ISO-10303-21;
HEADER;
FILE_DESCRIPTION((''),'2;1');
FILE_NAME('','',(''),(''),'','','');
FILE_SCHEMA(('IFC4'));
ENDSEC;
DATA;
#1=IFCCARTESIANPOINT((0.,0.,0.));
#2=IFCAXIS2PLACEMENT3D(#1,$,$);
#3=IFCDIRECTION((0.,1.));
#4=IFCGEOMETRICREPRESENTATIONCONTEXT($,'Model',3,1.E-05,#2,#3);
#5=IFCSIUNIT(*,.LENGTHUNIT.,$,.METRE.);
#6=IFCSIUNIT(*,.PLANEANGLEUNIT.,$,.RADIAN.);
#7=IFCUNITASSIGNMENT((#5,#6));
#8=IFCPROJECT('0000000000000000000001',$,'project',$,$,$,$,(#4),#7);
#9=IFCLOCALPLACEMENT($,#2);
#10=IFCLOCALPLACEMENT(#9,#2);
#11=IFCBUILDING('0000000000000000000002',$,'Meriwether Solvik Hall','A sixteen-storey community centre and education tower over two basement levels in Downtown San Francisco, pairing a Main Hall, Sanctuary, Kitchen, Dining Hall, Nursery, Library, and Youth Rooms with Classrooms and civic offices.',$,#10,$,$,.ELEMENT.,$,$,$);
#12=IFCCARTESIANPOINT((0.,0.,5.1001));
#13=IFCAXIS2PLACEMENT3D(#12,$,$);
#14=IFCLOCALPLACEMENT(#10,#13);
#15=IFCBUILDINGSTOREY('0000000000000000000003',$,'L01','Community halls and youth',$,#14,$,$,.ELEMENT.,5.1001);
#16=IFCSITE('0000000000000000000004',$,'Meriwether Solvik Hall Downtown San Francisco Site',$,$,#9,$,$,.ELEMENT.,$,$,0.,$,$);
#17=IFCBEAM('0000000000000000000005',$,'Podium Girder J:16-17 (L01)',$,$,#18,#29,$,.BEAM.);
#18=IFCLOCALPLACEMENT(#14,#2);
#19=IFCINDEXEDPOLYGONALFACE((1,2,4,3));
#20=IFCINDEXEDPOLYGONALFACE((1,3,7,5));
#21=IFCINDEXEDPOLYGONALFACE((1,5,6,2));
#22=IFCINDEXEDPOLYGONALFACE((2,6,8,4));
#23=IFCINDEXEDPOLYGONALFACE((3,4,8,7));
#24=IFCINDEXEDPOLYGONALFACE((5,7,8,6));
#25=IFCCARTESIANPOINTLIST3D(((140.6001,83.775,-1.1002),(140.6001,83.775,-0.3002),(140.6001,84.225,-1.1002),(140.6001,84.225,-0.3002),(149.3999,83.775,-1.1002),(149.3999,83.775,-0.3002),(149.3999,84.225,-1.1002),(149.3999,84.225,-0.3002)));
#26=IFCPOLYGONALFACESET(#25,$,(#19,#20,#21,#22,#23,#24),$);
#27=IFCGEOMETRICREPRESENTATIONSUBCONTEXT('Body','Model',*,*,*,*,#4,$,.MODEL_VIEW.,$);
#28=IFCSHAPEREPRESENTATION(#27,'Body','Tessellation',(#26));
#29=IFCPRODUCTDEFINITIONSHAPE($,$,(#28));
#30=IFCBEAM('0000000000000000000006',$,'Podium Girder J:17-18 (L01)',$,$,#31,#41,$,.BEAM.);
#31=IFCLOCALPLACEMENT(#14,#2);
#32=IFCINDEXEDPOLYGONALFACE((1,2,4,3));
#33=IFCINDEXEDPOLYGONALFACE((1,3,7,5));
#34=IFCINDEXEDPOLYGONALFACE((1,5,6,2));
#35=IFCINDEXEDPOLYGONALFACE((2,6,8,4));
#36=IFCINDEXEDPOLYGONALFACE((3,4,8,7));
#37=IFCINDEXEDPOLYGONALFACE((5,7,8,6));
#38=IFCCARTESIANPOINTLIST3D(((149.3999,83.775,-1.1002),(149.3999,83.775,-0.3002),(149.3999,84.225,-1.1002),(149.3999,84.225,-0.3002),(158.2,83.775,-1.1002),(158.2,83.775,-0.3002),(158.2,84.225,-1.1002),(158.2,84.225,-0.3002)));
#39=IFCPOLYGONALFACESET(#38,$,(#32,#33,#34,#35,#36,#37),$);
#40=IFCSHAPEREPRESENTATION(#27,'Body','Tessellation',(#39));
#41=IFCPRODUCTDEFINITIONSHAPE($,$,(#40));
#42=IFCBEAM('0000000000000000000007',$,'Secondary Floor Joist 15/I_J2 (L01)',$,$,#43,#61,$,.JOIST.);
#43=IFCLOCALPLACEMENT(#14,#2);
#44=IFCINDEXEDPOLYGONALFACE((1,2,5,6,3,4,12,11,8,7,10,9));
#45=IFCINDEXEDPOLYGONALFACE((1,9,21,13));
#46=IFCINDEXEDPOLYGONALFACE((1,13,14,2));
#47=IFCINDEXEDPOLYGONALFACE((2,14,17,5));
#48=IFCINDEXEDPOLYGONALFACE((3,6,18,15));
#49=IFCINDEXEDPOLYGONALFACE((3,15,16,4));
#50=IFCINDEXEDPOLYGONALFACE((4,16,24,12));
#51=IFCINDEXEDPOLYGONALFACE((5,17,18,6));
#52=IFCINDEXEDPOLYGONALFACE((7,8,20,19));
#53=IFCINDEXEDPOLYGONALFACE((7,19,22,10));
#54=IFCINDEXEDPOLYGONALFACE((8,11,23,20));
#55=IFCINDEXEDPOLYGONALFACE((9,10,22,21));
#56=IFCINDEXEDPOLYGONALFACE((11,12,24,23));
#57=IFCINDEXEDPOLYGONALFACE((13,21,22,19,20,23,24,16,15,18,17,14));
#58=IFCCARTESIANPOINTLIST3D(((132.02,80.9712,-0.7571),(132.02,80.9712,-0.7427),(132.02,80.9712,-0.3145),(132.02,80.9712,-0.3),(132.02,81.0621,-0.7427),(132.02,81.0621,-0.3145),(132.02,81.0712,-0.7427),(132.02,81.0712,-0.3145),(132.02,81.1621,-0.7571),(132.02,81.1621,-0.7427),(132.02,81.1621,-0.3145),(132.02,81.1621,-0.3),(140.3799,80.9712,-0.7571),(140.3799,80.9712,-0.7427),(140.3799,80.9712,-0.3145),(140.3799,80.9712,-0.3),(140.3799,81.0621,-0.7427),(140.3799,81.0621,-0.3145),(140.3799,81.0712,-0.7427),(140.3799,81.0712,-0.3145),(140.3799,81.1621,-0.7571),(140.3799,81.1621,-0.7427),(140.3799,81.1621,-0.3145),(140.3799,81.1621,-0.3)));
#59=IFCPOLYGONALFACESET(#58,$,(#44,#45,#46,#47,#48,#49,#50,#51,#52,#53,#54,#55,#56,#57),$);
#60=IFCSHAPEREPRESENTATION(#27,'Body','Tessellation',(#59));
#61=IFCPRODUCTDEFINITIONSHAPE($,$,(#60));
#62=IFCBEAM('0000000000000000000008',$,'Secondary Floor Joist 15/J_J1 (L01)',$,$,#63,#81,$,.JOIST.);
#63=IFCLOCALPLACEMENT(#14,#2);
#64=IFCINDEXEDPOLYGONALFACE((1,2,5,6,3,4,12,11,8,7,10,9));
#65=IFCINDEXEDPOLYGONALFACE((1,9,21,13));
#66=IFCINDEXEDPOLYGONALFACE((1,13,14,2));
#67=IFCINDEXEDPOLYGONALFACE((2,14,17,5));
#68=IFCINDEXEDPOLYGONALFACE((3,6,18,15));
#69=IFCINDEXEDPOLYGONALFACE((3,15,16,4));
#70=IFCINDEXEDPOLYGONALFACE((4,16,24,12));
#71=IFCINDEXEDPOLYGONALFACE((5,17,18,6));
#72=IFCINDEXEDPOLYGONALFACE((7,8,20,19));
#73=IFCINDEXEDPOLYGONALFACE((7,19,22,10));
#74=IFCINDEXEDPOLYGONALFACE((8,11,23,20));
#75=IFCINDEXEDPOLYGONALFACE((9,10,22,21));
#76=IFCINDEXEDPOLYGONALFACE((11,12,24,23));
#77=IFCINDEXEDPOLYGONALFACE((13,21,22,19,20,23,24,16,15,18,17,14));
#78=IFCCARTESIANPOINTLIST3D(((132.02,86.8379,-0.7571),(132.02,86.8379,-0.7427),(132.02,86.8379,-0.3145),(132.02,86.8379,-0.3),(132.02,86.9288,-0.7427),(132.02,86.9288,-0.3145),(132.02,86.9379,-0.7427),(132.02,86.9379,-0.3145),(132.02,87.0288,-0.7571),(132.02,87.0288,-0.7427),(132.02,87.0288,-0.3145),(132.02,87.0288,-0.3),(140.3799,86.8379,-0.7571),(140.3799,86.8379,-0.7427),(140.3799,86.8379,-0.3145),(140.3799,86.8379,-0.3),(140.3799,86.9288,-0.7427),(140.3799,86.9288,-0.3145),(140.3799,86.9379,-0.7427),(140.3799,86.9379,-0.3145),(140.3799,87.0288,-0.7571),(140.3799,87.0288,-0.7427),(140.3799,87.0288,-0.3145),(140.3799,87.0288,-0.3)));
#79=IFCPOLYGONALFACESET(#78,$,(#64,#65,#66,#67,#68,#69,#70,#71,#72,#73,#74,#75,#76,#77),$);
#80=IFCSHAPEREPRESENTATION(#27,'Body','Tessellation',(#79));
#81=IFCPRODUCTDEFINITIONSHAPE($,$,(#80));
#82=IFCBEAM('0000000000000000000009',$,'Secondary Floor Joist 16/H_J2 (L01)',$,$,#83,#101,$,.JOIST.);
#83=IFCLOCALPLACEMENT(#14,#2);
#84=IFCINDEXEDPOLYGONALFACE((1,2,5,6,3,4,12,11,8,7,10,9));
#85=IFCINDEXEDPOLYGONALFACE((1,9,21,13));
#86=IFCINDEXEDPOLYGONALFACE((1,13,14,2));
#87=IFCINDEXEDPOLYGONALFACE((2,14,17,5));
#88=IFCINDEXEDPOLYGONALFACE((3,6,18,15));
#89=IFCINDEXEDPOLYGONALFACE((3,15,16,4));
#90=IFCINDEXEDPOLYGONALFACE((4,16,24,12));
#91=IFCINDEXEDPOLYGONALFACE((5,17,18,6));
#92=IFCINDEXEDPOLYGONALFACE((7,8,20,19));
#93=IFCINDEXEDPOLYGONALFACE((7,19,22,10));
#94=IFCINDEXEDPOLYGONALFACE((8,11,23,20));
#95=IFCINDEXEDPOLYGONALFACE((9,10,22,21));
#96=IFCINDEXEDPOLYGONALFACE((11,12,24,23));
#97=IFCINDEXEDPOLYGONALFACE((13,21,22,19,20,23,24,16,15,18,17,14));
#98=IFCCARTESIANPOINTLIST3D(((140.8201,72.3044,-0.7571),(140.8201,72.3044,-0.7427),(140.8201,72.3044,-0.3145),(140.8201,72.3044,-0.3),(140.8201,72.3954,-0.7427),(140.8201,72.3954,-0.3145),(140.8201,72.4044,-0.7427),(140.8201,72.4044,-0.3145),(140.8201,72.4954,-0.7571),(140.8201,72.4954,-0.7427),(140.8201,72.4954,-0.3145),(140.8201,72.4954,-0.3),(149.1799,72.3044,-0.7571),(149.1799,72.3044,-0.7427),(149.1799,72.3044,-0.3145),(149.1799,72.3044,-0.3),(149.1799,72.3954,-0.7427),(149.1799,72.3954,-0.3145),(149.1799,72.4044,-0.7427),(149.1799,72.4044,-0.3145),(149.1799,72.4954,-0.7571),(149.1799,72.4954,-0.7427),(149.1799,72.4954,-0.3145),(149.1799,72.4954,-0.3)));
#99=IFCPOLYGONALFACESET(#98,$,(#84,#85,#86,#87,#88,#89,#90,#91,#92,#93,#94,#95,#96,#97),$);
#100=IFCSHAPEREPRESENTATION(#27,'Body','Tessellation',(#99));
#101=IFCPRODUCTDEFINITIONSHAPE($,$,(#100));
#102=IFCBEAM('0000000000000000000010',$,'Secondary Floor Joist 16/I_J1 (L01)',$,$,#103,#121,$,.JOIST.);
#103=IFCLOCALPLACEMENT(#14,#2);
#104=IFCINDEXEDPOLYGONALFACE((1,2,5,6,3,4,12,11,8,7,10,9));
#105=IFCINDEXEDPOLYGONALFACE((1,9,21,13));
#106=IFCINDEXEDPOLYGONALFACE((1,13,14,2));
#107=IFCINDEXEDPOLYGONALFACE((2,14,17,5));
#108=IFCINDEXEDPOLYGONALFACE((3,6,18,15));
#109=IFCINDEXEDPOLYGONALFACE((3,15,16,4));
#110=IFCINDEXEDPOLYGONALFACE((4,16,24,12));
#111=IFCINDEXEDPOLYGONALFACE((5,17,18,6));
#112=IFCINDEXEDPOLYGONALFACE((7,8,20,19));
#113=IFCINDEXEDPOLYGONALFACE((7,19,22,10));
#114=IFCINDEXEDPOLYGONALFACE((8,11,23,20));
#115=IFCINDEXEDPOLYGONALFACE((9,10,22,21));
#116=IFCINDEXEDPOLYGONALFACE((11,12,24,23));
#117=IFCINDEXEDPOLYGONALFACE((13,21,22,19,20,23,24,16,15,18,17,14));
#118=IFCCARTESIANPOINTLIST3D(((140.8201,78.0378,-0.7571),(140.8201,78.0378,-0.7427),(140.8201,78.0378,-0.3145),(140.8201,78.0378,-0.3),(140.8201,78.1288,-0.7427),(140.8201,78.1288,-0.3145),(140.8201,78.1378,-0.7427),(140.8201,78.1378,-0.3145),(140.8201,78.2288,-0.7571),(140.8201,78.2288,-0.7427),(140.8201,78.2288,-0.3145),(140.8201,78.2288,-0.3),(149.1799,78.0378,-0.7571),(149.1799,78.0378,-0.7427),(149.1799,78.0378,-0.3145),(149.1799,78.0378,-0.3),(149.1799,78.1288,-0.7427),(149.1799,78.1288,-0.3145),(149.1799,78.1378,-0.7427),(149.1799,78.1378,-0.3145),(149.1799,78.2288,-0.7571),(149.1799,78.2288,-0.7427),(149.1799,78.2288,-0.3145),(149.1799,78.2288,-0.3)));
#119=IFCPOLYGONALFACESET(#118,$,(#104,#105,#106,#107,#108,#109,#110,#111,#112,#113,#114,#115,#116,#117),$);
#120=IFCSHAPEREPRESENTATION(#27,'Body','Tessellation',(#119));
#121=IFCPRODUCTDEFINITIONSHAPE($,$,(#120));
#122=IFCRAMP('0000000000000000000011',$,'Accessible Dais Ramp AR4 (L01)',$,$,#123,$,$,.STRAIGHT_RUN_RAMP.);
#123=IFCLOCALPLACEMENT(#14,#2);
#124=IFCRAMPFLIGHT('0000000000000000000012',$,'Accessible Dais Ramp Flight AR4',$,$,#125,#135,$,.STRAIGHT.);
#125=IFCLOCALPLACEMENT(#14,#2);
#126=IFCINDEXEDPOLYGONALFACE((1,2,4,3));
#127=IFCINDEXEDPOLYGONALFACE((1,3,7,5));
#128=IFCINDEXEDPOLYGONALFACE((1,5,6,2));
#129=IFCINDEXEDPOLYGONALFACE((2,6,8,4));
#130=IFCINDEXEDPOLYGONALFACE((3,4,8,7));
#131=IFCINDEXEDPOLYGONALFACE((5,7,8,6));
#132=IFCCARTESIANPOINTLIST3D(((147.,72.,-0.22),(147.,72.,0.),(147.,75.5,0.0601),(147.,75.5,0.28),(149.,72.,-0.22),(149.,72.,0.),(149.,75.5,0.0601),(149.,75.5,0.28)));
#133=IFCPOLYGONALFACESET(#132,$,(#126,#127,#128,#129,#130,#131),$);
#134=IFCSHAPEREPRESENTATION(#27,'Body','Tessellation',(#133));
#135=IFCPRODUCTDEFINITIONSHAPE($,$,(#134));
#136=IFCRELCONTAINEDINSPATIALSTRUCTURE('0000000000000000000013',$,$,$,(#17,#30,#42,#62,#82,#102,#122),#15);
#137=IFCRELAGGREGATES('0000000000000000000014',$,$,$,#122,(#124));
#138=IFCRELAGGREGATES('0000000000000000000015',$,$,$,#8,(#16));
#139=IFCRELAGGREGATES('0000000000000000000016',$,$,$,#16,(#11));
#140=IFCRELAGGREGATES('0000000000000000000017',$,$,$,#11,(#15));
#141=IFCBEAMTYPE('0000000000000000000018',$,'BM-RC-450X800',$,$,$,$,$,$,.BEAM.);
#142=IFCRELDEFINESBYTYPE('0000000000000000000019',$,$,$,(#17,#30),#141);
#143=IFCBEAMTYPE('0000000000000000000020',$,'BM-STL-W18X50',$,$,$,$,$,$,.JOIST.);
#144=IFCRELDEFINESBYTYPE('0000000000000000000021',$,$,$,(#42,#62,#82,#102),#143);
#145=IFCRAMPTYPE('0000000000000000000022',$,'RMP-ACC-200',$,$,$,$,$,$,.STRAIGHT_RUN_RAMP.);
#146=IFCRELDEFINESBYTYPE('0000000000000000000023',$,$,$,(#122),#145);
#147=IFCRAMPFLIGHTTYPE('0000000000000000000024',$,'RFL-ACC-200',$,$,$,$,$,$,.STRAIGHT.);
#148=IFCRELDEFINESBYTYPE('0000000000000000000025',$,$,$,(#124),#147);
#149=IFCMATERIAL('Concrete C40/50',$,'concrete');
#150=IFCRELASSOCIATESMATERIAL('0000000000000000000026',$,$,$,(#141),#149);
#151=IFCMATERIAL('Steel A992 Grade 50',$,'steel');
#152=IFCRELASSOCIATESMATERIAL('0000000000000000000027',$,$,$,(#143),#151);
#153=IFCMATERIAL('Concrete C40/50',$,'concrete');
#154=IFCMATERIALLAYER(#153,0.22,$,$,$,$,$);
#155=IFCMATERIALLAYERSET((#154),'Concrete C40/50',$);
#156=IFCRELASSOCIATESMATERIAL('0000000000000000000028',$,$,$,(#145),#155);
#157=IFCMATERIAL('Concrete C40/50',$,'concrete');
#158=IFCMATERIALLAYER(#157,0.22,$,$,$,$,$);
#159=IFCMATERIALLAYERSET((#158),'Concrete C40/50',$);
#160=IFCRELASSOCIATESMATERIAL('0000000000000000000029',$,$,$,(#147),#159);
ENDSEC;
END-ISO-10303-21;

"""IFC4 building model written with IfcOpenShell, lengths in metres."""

from ifc_helpers import new_model, si_unit, direction, frame, origin, origin_2d, place, context, subcontext, project, spatial, polyline, rectangle, i_section, outline, extrude, material, layer, layer_set, material_profile, profile_set, type_object, element, aggregate, save


model = new_model("IFC4")

# Units and contexts
model_context = context("Model", 3, precision=1e-05, world=origin(), true_north=direction((0.0, 1.0)))
body_context = subcontext(model_context, "Body", "Model", "MODEL_VIEW")
ifc_project = project(units=[si_unit("LENGTHUNIT", "METRE"), si_unit("PLANEANGLEUNIT", "RADIAN")], contexts=[model_context])

# Site, building, storey
site_placement = place(None, origin())
site = spatial("IfcSite", under=ifc_project, at=site_placement, Name="Meriwether Solvik Hall Downtown San Francisco Site", CompositionType="ELEMENT", RefElevation=0.0)
building_placement = place(site_placement, origin())
building = spatial("IfcBuilding", under=site, at=building_placement, Name="Meriwether Solvik Hall", Description="A sixteen-storey community centre and education tower over two basement levels in Downtown San Francisco, pairing a Main Hall, Sanctuary, Kitchen, Dining Hall, Nursery, Library, and Youth Rooms with Classrooms and civic offices.", CompositionType="ELEMENT")
storey_placement = place(building_placement, frame((0.0, 0.0, 5.1001)))
storey = spatial("IfcBuildingStorey", under=building, at=storey_placement, Name="L01", Description="Community halls and youth", CompositionType="ELEMENT", Elevation=5.1001)

# Beams
ifc_material_1 = material(Name="Concrete C40/50", Category="concrete")
ifc_material_profile_1 = material_profile(ifc_material_1, rectangle(XDim=0.45, YDim=0.8, at=origin_2d()), Name="RCB-450X800")
ifc_profile_set_1 = profile_set([ifc_material_profile_1], Name="Concrete C40/50")
beam_type_1 = type_object("IfcBeamType", Name="BM-RC-450X800", PredefinedType="BEAM", material=ifc_profile_set_1)
beam_1_placement = place(storey_placement, frame((140.6001, 84.0, -0.7002), z_axis=(1.0, 0.0, 0.0), x_axis=(0.0, 1.0, 0.0)))
element("IfcBeam", 1, at=beam_1_placement, inside=storey, type_object=beam_type_1, Name="Podium Girder J:16-17 (L01)", PredefinedType="BEAM", context=body_context, shape_type="SweptSolid", body=[
    extrude(rectangle(XDim=0.45, YDim=0.8, at=origin_2d()), origin(), (0.0, 0.0, 1.0), 8.7998),
])
beam_2_placement = place(storey_placement, frame((149.3999, 84.0, -0.7002), z_axis=(1.0, 0.0, 0.0), x_axis=(0.0, 1.0, 0.0)))
element("IfcBeam", 2, at=beam_2_placement, inside=storey, type_object=beam_type_1, Name="Podium Girder J:17-18 (L01)", PredefinedType="BEAM", context=body_context, shape_type="SweptSolid", body=[
    extrude(rectangle(XDim=0.45, YDim=0.8, at=origin_2d()), origin(), (0.0, 0.0, 1.0), 8.8),
])
ifc_material_2 = material(Name="Steel A992 Grade 50", Category="steel")
ifc_material_profile_2 = material_profile(ifc_material_2, i_section(OverallWidth=0.1909, OverallDepth=0.457, WebThickness=0.009, FlangeThickness=0.0144, at=origin_2d()), Name="W18X50")
ifc_profile_set_2 = profile_set([ifc_material_profile_2], Name="Steel A992 Grade 50")
beam_type_2 = type_object("IfcBeamType", Name="BM-STL-W18X50", PredefinedType="JOIST", material=ifc_profile_set_2)
for number, where, z_axis, x_axis, name in (
    (3, (132.02, 81.0667, -0.5286), (1.0, 0.0, 0.0), (0.0, 1.0, 0.0), "Secondary Floor Joist 15/I_J2 (L01)"),
    (4, (132.02, 86.9333, -0.5286), (1.0, 0.0, 0.0), (0.0, 1.0, 0.0), "Secondary Floor Joist 15/J_J1 (L01)"),
    (5, (140.8201, 72.3999, -0.5286), (1.0, 0.0, 0.0), (0.0, 1.0, 0.0), "Secondary Floor Joist 16/H_J2 (L01)"),
    (6, (140.8201, 78.1333, -0.5286), (1.0, 0.0, 0.0), (0.0, 1.0, 0.0), "Secondary Floor Joist 16/I_J1 (L01)"),
):
    element("IfcBeam", number, at=place(storey_placement, frame(where, z_axis=z_axis, x_axis=x_axis)), inside=storey, type_object=beam_type_2, Name=name, PredefinedType="JOIST", context=body_context, shape_type="SweptSolid", body=[
        extrude(i_section(OverallWidth=0.1909, OverallDepth=0.457, WebThickness=0.009, FlangeThickness=0.0144, at=origin_2d()), origin(), (0.0, 0.0, 1.0), 8.3599),
    ])

# Ramp, ramp flight
ifc_material_3 = material(Name="Concrete C40/50", Category="concrete")
ifc_layer_1 = layer(ifc_material_3, 0.22)
ifc_layer_set_1 = layer_set([ifc_layer_1], Name="Concrete C40/50")
ramp_type = type_object("IfcRampType", Name="RMP-ACC-200", PredefinedType="STRAIGHT_RUN_RAMP", material=ifc_layer_set_1)
ramp_placement = place(storey_placement, origin())
ramp = element("IfcRamp", 7, at=ramp_placement, inside=storey, type_object=ramp_type, Name="Accessible Dais Ramp AR4 (L01)", PredefinedType="STRAIGHT_RUN_RAMP")
ifc_material_4 = material(Name="Concrete C40/50", Category="concrete")
ifc_layer_2 = layer(ifc_material_4, 0.22)
ifc_layer_set_2 = layer_set([ifc_layer_2], Name="Concrete C40/50")
ramp_flight_type = type_object("IfcRampFlightType", Name="RFL-ACC-200", PredefinedType="STRAIGHT", material=ifc_layer_set_2)
ramp_flight_placement = place(storey_placement, frame((148.0, 72.0, 0.0), z_axis=(0.0, 0.0, 1.0), x_axis=(0.0, 1.0, 0.0)))
ramp_flight = element("IfcRampFlight", 8, at=ramp_flight_placement, type_object=ramp_flight_type, Name="Accessible Dais Ramp Flight AR4", PredefinedType="STRAIGHT", context=body_context, shape_type="SweptSolid", body=[
    extrude(outline(polyline([(0.0, 0.0), (3.5, 0.28), (3.5, 0.0601), (0.0, -0.22), (0.0, 0.0)])), frame((0.0, 1.0, 0.0), z_axis=(0.0, -1.0, 0.0), x_axis=(1.0, 0.0, 0.0)), (0.0, 0.0, 1.0), 2.0),
])
aggregate(ramp, [ramp_flight])

save(model, "model.ifc")
